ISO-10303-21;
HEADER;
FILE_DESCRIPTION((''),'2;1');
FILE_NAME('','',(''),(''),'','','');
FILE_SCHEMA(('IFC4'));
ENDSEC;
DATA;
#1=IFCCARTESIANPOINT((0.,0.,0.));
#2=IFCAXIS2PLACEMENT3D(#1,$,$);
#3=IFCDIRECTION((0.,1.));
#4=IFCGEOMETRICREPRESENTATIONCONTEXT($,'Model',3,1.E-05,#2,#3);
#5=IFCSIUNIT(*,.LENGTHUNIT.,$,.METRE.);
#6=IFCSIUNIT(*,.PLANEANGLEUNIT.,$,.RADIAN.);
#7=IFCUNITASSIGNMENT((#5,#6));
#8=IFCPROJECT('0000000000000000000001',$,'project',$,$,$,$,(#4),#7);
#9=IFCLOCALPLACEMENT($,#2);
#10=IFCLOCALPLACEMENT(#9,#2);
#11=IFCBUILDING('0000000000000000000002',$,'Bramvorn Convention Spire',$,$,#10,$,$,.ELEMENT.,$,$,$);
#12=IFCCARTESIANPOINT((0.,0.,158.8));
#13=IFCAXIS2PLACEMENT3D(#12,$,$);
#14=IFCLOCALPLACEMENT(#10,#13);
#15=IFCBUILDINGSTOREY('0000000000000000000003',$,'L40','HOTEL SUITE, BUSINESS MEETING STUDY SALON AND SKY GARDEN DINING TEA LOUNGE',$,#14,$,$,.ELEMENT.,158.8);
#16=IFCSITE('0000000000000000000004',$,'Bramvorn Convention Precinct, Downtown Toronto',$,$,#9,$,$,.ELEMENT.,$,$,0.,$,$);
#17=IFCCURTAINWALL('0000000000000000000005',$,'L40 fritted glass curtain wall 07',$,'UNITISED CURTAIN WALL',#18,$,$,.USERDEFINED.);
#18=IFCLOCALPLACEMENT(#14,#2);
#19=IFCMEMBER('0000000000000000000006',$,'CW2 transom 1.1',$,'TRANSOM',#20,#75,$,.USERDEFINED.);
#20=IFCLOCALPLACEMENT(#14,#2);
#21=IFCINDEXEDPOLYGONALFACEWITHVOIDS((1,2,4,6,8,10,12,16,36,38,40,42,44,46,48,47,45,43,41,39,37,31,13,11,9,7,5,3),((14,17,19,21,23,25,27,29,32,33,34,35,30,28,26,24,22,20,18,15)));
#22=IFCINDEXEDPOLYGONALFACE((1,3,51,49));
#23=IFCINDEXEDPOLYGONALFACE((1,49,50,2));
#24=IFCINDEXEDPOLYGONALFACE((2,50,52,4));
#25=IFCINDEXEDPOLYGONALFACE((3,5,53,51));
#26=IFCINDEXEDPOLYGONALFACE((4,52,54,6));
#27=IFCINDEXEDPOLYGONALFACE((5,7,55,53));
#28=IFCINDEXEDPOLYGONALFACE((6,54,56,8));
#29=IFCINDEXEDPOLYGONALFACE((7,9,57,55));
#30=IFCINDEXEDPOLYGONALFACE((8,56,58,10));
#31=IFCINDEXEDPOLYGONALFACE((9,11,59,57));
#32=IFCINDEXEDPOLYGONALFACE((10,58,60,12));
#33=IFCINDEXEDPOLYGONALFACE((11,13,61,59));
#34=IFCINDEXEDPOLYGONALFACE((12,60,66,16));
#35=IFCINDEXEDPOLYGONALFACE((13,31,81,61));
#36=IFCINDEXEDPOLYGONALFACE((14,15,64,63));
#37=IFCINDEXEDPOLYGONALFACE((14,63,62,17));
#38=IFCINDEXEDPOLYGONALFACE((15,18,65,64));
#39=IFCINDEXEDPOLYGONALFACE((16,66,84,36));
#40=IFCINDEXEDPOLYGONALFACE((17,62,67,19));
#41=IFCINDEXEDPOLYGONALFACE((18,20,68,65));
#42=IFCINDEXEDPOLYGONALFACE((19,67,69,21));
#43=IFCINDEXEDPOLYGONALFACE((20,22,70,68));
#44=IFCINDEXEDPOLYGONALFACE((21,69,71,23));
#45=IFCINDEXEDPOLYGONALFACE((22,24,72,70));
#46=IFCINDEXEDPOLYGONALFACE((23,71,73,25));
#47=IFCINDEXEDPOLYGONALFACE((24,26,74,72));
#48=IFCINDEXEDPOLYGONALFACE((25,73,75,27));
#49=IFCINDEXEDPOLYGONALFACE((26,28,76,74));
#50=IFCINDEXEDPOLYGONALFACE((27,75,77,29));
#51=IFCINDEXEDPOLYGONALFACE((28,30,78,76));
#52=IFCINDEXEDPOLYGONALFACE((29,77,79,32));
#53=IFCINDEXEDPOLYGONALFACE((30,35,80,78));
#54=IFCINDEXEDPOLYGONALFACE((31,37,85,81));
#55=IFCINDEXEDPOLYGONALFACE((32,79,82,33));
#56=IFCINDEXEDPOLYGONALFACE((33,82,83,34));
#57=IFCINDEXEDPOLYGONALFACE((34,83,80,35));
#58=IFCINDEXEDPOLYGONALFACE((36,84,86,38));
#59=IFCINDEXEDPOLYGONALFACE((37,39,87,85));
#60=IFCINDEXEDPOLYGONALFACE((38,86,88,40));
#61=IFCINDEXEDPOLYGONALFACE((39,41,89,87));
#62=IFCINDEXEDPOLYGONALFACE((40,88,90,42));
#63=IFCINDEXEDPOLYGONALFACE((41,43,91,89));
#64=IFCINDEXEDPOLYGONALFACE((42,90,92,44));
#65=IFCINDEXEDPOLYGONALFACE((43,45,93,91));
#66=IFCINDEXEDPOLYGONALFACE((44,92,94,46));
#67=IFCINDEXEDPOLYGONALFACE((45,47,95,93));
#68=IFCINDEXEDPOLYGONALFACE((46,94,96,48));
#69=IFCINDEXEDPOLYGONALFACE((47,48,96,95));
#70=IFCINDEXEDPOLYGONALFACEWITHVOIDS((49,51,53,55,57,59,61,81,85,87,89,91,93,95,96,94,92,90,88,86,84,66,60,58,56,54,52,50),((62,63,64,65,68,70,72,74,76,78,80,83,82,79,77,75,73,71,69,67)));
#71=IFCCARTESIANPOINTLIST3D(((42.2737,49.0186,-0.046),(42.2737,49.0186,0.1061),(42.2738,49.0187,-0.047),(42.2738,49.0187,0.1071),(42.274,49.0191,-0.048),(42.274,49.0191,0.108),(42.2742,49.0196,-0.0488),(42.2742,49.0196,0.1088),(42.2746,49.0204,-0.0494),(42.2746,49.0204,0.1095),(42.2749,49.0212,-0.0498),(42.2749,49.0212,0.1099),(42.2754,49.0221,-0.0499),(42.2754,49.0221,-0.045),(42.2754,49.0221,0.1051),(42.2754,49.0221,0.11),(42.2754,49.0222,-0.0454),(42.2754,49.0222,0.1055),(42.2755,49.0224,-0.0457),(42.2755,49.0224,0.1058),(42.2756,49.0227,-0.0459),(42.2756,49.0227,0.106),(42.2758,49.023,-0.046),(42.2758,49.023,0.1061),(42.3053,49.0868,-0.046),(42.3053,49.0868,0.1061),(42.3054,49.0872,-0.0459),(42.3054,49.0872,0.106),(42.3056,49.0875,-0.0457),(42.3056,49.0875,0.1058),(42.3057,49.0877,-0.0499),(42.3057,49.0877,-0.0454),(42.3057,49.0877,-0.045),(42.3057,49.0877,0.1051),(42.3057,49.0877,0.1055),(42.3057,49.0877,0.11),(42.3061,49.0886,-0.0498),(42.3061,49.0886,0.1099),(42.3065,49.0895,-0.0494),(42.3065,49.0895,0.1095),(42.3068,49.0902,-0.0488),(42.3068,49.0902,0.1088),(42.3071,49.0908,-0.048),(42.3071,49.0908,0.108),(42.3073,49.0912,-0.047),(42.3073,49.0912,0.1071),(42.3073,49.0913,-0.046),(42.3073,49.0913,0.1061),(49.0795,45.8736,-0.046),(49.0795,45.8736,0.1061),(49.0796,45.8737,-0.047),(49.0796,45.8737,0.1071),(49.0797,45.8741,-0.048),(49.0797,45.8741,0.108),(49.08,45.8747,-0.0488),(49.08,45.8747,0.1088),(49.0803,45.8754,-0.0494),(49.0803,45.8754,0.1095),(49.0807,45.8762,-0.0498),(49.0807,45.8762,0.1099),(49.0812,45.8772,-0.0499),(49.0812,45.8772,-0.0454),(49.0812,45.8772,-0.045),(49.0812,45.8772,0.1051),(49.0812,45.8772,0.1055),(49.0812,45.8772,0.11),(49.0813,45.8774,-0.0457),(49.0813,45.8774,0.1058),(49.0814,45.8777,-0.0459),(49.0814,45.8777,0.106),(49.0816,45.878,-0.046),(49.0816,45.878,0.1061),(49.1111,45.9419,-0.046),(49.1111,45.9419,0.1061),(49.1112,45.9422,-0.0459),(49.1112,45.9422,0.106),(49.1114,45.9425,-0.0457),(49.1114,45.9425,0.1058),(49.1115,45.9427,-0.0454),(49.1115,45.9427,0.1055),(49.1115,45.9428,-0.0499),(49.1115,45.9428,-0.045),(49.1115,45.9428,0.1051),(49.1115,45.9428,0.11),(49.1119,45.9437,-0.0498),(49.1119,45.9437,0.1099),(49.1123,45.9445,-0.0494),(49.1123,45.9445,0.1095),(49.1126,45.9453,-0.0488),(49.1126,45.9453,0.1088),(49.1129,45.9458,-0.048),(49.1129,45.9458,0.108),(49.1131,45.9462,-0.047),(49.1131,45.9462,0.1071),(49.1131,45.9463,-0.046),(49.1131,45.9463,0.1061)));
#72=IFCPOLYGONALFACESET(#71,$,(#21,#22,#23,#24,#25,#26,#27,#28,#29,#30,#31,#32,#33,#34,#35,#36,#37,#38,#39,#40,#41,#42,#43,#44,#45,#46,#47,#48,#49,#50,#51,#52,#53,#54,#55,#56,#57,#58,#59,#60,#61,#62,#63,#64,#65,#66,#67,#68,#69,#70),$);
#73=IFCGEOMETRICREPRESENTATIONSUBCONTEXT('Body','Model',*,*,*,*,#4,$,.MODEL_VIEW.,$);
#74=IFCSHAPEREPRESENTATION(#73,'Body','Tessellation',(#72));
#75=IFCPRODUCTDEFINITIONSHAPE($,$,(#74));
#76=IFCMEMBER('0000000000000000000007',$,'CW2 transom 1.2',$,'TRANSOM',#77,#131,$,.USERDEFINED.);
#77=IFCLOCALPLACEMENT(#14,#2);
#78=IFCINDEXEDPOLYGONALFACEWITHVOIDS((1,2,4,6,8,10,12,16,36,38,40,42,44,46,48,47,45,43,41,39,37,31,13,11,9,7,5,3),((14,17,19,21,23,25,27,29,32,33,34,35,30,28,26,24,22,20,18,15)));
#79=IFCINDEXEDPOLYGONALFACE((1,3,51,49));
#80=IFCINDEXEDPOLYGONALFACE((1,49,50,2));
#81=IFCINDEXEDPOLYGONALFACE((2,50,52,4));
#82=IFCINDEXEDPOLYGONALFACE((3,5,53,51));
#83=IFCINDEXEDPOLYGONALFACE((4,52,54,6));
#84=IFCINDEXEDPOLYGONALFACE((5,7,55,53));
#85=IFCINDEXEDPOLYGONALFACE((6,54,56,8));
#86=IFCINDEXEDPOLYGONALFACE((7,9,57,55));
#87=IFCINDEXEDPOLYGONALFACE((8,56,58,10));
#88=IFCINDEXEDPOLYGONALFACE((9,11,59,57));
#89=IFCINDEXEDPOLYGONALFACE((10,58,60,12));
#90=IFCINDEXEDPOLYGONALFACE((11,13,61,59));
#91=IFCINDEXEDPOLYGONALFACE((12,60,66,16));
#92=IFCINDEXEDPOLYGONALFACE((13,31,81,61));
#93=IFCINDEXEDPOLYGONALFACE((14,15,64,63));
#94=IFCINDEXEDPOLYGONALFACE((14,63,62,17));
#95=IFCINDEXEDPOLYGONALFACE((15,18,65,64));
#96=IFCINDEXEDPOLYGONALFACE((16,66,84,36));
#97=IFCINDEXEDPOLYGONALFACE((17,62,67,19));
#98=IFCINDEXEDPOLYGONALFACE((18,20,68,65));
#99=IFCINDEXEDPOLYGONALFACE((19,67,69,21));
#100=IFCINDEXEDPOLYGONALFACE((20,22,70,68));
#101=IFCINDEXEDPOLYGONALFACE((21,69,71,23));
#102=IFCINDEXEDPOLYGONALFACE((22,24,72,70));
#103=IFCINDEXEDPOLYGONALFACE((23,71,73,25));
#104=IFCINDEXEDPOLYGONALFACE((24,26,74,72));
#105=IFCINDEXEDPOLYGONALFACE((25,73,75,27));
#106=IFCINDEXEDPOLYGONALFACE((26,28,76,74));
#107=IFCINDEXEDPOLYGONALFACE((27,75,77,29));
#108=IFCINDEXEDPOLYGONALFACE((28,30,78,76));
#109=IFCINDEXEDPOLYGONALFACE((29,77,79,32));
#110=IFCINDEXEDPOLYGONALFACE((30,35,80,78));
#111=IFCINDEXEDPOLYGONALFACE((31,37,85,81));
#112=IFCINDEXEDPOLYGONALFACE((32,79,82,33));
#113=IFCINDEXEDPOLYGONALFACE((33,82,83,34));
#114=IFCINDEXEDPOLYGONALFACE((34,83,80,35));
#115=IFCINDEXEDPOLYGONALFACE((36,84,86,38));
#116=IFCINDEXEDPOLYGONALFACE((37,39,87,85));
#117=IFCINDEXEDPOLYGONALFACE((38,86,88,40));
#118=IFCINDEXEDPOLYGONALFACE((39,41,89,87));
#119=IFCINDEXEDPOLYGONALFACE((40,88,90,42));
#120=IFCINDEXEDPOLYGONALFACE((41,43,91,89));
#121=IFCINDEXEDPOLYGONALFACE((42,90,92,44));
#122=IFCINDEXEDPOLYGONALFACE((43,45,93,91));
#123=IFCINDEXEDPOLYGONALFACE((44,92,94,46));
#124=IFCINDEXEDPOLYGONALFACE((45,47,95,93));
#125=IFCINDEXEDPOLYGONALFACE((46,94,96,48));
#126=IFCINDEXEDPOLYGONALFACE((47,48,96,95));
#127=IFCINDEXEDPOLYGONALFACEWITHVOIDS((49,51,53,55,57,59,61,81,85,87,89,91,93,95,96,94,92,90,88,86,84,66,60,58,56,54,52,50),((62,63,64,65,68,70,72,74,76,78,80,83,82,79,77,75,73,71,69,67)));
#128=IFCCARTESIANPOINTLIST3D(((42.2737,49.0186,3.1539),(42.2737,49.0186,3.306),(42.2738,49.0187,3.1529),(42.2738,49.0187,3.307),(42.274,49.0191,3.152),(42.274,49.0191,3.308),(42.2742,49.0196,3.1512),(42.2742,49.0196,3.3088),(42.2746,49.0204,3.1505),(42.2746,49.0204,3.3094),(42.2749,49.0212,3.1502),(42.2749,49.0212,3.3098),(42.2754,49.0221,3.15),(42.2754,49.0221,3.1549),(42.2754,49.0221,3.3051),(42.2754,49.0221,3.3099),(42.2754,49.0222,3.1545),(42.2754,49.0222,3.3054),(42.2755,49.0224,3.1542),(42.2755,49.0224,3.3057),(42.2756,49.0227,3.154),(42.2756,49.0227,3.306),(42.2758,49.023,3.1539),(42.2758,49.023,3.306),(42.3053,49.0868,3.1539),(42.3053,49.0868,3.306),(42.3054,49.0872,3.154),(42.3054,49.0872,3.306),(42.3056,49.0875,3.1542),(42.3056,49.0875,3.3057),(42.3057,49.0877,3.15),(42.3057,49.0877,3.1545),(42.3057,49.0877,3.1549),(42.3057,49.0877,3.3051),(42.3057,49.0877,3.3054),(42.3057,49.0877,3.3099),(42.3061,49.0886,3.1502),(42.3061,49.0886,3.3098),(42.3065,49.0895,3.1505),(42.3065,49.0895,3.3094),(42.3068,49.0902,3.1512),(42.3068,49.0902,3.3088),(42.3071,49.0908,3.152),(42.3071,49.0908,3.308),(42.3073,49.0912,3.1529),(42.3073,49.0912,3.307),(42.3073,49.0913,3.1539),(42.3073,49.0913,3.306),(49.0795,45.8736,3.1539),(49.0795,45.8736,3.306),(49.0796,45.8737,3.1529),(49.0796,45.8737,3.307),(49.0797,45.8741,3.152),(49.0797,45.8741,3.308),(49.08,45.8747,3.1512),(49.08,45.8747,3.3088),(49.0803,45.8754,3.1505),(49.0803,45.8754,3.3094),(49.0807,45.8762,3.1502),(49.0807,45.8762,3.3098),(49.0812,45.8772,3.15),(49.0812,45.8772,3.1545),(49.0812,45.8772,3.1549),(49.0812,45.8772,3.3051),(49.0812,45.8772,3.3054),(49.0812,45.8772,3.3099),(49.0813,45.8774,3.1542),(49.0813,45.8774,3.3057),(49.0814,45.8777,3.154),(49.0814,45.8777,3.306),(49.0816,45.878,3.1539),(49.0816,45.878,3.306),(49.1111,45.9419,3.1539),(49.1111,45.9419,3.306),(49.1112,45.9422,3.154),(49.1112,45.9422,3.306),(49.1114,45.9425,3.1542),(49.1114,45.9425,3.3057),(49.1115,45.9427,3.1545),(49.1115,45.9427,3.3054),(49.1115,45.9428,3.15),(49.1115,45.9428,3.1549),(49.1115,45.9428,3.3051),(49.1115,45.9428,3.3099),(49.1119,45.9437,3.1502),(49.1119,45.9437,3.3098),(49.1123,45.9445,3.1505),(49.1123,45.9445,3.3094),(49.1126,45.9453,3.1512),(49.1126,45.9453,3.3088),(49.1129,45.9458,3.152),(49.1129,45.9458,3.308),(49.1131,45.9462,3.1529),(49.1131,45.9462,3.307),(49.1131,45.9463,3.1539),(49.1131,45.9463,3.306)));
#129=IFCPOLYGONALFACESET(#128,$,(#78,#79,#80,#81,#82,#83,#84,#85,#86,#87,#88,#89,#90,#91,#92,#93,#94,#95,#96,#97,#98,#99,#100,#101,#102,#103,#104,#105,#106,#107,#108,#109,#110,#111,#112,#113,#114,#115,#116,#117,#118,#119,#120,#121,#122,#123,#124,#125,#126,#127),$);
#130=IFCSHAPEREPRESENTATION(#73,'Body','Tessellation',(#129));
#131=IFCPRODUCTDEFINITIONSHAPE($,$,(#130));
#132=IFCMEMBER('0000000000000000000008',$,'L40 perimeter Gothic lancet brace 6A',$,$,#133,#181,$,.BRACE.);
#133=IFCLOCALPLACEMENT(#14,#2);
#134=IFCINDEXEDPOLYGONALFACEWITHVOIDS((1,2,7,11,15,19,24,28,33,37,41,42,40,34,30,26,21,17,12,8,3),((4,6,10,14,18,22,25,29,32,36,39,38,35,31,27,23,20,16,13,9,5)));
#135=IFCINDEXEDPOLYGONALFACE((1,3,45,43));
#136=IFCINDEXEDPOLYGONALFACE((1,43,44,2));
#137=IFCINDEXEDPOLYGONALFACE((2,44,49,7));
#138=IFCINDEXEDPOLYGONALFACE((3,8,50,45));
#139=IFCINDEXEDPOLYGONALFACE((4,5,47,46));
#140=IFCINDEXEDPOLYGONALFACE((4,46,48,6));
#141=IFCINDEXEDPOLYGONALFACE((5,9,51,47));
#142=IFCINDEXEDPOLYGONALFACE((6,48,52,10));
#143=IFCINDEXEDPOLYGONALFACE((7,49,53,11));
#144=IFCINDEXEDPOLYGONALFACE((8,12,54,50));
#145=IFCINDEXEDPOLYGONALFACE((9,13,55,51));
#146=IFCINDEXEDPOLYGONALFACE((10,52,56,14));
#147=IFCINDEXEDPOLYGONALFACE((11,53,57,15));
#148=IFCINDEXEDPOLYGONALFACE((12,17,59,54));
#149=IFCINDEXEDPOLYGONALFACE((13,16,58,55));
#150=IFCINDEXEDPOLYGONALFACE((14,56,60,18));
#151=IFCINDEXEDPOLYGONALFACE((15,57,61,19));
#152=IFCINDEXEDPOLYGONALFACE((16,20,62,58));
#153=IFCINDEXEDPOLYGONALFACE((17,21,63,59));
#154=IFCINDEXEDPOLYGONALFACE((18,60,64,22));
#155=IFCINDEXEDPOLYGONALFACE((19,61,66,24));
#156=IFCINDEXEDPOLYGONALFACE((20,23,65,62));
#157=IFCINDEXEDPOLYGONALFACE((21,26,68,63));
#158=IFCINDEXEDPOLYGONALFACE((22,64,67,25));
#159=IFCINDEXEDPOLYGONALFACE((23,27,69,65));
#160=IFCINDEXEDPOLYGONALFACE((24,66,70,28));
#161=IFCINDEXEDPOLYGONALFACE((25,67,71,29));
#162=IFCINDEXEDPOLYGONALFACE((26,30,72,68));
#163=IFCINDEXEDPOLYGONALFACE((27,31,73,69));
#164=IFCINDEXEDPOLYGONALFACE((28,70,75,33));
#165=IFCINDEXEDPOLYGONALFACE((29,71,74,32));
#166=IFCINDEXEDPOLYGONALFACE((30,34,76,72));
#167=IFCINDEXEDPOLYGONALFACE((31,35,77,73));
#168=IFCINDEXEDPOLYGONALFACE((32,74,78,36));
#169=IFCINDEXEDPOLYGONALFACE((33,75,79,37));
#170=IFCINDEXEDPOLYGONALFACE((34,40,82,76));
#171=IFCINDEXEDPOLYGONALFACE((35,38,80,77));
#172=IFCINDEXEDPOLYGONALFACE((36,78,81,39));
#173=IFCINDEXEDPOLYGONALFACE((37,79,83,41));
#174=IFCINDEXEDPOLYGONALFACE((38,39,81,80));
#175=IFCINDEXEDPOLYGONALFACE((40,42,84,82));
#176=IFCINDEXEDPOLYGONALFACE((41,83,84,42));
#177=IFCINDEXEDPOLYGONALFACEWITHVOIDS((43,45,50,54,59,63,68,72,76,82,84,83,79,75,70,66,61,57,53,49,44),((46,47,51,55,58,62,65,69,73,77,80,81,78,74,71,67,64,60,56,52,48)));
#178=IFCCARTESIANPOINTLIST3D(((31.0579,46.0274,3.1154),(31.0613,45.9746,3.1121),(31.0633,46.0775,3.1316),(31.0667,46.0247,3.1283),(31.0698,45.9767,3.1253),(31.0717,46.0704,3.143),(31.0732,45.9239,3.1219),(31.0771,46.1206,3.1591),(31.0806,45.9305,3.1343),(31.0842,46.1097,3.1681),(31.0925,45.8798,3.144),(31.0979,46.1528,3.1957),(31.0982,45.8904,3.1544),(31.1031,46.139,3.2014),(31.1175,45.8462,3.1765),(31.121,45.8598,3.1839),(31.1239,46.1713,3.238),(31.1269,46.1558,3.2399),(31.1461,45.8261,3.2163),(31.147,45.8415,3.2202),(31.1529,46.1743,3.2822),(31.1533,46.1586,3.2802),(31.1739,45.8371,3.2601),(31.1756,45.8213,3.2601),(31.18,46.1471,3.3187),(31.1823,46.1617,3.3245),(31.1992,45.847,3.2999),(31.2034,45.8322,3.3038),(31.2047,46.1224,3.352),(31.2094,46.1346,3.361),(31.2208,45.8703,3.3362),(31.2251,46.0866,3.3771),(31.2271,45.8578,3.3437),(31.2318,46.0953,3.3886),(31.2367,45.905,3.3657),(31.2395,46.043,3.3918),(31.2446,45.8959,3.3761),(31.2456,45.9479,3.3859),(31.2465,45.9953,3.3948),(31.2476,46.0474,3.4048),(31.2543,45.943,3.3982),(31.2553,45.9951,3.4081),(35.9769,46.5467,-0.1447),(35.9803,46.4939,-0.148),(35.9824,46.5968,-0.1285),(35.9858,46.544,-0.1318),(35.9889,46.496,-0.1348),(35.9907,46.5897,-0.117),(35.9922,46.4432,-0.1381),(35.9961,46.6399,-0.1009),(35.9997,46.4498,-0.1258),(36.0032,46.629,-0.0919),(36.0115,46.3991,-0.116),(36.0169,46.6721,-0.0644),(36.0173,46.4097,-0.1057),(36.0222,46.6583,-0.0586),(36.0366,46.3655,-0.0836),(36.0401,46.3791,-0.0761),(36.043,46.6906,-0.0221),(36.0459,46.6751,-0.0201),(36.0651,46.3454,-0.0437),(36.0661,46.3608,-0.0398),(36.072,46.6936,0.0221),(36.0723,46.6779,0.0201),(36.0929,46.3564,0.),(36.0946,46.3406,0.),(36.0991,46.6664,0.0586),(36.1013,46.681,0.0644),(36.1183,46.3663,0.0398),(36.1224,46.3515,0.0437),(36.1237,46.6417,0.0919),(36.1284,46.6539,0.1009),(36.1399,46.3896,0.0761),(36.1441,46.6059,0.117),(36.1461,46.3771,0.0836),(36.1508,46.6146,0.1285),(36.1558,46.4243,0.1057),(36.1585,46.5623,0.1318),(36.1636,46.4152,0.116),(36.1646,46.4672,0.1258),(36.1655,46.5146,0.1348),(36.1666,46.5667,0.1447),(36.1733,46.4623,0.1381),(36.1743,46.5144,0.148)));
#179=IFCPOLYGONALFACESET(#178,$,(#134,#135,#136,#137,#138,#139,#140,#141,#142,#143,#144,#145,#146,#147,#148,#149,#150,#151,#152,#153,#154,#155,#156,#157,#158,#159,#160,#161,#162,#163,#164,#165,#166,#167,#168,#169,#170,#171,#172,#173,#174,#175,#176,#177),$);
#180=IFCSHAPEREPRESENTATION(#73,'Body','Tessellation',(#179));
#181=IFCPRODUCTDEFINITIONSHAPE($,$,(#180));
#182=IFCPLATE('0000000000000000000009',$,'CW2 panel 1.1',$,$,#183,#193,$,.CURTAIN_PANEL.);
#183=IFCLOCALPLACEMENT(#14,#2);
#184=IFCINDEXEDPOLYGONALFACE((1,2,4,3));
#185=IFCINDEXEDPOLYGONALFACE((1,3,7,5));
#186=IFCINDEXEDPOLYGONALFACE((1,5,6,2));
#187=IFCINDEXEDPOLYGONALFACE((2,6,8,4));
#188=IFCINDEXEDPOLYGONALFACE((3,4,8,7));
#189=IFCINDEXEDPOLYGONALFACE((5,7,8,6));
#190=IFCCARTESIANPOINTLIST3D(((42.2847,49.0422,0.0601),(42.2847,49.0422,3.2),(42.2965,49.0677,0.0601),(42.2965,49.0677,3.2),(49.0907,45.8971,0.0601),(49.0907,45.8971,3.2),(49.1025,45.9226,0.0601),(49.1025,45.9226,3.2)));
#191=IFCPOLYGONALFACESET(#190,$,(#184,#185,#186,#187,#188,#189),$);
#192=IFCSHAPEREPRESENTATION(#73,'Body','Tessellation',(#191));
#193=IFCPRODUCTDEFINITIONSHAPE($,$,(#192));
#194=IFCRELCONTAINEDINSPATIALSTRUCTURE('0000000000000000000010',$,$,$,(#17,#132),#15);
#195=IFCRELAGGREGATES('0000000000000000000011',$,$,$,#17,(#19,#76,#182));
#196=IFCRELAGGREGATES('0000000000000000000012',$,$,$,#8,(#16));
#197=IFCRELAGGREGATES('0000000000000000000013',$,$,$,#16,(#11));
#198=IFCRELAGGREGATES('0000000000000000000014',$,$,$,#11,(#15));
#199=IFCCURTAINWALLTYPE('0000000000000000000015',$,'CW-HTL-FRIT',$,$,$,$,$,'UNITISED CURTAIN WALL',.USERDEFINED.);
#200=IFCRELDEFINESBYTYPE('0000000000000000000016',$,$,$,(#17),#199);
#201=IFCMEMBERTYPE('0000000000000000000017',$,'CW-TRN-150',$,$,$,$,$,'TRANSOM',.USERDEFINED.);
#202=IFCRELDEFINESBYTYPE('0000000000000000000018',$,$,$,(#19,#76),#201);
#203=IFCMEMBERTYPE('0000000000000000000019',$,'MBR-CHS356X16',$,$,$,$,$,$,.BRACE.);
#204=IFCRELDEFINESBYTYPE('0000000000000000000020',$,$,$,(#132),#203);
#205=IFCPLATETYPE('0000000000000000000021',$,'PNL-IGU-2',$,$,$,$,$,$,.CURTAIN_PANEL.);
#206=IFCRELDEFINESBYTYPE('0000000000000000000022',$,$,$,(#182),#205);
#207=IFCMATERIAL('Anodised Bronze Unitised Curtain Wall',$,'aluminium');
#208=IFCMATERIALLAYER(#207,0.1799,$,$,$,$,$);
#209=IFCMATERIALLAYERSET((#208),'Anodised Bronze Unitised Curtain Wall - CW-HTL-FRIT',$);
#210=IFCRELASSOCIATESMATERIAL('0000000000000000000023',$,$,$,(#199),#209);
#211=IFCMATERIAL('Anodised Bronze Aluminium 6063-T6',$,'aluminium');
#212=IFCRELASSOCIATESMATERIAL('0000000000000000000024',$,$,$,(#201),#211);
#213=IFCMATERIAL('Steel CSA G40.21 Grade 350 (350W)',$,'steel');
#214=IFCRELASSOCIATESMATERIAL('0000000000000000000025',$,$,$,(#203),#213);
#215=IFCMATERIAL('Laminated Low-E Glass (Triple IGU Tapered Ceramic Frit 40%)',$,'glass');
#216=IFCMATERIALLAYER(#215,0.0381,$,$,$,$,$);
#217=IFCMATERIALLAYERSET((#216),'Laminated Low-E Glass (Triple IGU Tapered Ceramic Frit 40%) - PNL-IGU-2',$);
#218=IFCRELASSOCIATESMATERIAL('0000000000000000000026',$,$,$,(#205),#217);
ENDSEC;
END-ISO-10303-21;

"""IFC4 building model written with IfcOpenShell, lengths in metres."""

from ifc_helpers import new_model, si_unit, direction, frame, origin, origin_2d, place, context, subcontext, project, spatial, rectangle, hollow_rectangle, hollow_circle, extrude, material, layer, layer_set, material_profile, profile_set, type_object, element, aggregate, save


model = new_model("IFC4")

# Units and contexts
model_context = context("Model", 3, precision=1e-05, world=origin(), true_north=direction((0.0, 1.0)))
body_context = subcontext(model_context, "Body", "Model", "MODEL_VIEW")
ifc_project = project(units=[si_unit("LENGTHUNIT", "METRE"), si_unit("PLANEANGLEUNIT", "RADIAN")], contexts=[model_context])

# Site, building, storey
site_placement = place(None, origin())
site = spatial("IfcSite", under=ifc_project, at=site_placement, Name="Bramvorn Convention Precinct, Downtown Toronto", CompositionType="ELEMENT", RefElevation=0.0)
building_placement = place(site_placement, origin())
building = spatial("IfcBuilding", under=site, at=building_placement, Name="Bramvorn Convention Spire", CompositionType="ELEMENT")
storey_placement = place(building_placement, frame((0.0, 0.0, 158.8)))
storey = spatial("IfcBuildingStorey", under=building, at=storey_placement, Name="L40", Description="HOTEL SUITE, BUSINESS MEETING STUDY SALON AND SKY GARDEN DINING TEA LOUNGE", CompositionType="ELEMENT", Elevation=158.8)

# Shared definitions
ifc_material_1 = material(Name="Steel CSA G40.21 Grade 350 (350W)", Category="steel")

# Curtain wall, members
ifc_material_2 = material(Name="Anodised Bronze Unitised Curtain Wall", Category="aluminium")
ifc_layer_1 = layer(ifc_material_2, 0.1799)
ifc_layer_set_1 = layer_set([ifc_layer_1], Name="Anodised Bronze Unitised Curtain Wall - CW-HTL-FRIT")
curtain_wall_type = type_object("IfcCurtainWallType", Name="CW-HTL-FRIT", ElementType="UNITISED CURTAIN WALL", PredefinedType="USERDEFINED", material=ifc_layer_set_1)
curtain_wall_placement = place(storey_placement, origin())
curtain_wall = element("IfcCurtainWall", 1, at=curtain_wall_placement, inside=storey, type_object=curtain_wall_type, Name="L40 fritted glass curtain wall 07", ObjectType="UNITISED CURTAIN WALL", PredefinedType="USERDEFINED")
ifc_material_3 = material(Name="Anodised Bronze Aluminium 6063-T6", Category="aluminium")
ifc_material_profile_1 = material_profile(ifc_material_3, hollow_rectangle(XDim=0.0801, YDim=0.1599, WallThickness=0.0039, InnerFilletRadius=0.001, OuterFilletRadius=0.0039, at=origin_2d()))
ifc_profile_set_1 = profile_set([ifc_material_profile_1], Name="Anodised Bronze Aluminium 6063-T6 - CWT80X160")
member_type_1 = type_object("IfcMemberType", Name="CW-TRN-150", ElementType="TRANSOM", PredefinedType="USERDEFINED", material=ifc_profile_set_1)
member_1_placement = place(storey_placement, frame((42.2905, 49.0549, 0.03), z_axis=(0.907765, -0.419479, 0.0), x_axis=(0.419479, 0.907765, 0.0)))
member_1 = element("IfcMember", 2, at=member_1_placement, type_object=member_type_1, Name="CW2 transom 1.1", ObjectType="TRANSOM", PredefinedType="USERDEFINED", context=body_context, shape_type="SweptSolid", body=[
    extrude(hollow_rectangle(XDim=0.0801, YDim=0.1599, WallThickness=0.0039, InnerFilletRadius=0.001, OuterFilletRadius=0.0039, at=origin_2d()), origin(), (0.0, 0.0, 1.0), 7.4973),
])
member_2_placement = place(storey_placement, frame((42.2905, 49.0549, 3.23), z_axis=(0.907765, -0.419479, 0.0), x_axis=(0.419479, 0.907765, 0.0)))
member_2 = element("IfcMember", 3, at=member_2_placement, type_object=member_type_1, Name="CW2 transom 1.2", ObjectType="TRANSOM", PredefinedType="USERDEFINED", context=body_context, shape_type="SweptSolid", body=[
    extrude(hollow_rectangle(XDim=0.0801, YDim=0.1599, WallThickness=0.0039, InnerFilletRadius=0.001, OuterFilletRadius=0.0039, at=origin_2d()), origin(), (0.0, 0.0, 1.0), 7.4973),
])

# Member
ifc_material_profile_2 = material_profile(ifc_material_1, hollow_circle(Radius=0.1777, WallThickness=0.0159, at=origin_2d()))
ifc_profile_set_2 = profile_set([ifc_material_profile_2], Name="Steel CSA G40.21 Grade 350 (350W) - CHS356X16")
member_type_2 = type_object("IfcMemberType", Name="MBR-CHS356X16", PredefinedType="BRACE", material=ifc_profile_set_2)
member_3_placement = place(storey_placement, frame((36.0759, 46.5173, 0.0), z_axis=(-0.830347, -0.087659, 0.550309), x_axis=(0.104985, -0.994474, 0.0)))
element("IfcMember", 4, at=member_3_placement, inside=storey, type_object=member_type_2, Name="L40 perimeter Gothic lancet brace 6A", PredefinedType="BRACE", context=body_context, shape_type="SweptSolid", body=[
    extrude(hollow_circle(Radius=0.1777, WallThickness=0.0159, at=origin_2d()), origin(), (0.0, 0.0, 1.0), 5.9241),
])

# Plate
ifc_material_4 = material(Name="Laminated Low-E Glass (Triple IGU Tapered Ceramic Frit 40%)", Category="glass")
ifc_layer_2 = layer(ifc_material_4, 0.0381)
ifc_layer_set_2 = layer_set([ifc_layer_2], Name="Laminated Low-E Glass (Triple IGU Tapered Ceramic Frit 40%) - PNL-IGU-2")
plate_type = type_object("IfcPlateType", Name="PNL-IGU-2", PredefinedType="CURTAIN_PANEL", material=ifc_layer_set_2)
plate_placement = place(storey_placement, frame((45.6936, 47.4824, 0.0601), z_axis=(0.0, 0.0, 1.0), x_axis=(0.907764, -0.419481, 0.0)))
plate = element("IfcPlate", 5, at=plate_placement, type_object=plate_type, Name="CW2 panel 1.1", PredefinedType="CURTAIN_PANEL", context=body_context, shape_type="SweptSolid", body=[
    extrude(rectangle(XDim=7.4976, YDim=0.0281, at=origin_2d()), origin(), (0.0, 0.0, 1.0), 3.1399),
])
aggregate(curtain_wall, [member_1, member_2, plate])

save(model, "model.ifc")
